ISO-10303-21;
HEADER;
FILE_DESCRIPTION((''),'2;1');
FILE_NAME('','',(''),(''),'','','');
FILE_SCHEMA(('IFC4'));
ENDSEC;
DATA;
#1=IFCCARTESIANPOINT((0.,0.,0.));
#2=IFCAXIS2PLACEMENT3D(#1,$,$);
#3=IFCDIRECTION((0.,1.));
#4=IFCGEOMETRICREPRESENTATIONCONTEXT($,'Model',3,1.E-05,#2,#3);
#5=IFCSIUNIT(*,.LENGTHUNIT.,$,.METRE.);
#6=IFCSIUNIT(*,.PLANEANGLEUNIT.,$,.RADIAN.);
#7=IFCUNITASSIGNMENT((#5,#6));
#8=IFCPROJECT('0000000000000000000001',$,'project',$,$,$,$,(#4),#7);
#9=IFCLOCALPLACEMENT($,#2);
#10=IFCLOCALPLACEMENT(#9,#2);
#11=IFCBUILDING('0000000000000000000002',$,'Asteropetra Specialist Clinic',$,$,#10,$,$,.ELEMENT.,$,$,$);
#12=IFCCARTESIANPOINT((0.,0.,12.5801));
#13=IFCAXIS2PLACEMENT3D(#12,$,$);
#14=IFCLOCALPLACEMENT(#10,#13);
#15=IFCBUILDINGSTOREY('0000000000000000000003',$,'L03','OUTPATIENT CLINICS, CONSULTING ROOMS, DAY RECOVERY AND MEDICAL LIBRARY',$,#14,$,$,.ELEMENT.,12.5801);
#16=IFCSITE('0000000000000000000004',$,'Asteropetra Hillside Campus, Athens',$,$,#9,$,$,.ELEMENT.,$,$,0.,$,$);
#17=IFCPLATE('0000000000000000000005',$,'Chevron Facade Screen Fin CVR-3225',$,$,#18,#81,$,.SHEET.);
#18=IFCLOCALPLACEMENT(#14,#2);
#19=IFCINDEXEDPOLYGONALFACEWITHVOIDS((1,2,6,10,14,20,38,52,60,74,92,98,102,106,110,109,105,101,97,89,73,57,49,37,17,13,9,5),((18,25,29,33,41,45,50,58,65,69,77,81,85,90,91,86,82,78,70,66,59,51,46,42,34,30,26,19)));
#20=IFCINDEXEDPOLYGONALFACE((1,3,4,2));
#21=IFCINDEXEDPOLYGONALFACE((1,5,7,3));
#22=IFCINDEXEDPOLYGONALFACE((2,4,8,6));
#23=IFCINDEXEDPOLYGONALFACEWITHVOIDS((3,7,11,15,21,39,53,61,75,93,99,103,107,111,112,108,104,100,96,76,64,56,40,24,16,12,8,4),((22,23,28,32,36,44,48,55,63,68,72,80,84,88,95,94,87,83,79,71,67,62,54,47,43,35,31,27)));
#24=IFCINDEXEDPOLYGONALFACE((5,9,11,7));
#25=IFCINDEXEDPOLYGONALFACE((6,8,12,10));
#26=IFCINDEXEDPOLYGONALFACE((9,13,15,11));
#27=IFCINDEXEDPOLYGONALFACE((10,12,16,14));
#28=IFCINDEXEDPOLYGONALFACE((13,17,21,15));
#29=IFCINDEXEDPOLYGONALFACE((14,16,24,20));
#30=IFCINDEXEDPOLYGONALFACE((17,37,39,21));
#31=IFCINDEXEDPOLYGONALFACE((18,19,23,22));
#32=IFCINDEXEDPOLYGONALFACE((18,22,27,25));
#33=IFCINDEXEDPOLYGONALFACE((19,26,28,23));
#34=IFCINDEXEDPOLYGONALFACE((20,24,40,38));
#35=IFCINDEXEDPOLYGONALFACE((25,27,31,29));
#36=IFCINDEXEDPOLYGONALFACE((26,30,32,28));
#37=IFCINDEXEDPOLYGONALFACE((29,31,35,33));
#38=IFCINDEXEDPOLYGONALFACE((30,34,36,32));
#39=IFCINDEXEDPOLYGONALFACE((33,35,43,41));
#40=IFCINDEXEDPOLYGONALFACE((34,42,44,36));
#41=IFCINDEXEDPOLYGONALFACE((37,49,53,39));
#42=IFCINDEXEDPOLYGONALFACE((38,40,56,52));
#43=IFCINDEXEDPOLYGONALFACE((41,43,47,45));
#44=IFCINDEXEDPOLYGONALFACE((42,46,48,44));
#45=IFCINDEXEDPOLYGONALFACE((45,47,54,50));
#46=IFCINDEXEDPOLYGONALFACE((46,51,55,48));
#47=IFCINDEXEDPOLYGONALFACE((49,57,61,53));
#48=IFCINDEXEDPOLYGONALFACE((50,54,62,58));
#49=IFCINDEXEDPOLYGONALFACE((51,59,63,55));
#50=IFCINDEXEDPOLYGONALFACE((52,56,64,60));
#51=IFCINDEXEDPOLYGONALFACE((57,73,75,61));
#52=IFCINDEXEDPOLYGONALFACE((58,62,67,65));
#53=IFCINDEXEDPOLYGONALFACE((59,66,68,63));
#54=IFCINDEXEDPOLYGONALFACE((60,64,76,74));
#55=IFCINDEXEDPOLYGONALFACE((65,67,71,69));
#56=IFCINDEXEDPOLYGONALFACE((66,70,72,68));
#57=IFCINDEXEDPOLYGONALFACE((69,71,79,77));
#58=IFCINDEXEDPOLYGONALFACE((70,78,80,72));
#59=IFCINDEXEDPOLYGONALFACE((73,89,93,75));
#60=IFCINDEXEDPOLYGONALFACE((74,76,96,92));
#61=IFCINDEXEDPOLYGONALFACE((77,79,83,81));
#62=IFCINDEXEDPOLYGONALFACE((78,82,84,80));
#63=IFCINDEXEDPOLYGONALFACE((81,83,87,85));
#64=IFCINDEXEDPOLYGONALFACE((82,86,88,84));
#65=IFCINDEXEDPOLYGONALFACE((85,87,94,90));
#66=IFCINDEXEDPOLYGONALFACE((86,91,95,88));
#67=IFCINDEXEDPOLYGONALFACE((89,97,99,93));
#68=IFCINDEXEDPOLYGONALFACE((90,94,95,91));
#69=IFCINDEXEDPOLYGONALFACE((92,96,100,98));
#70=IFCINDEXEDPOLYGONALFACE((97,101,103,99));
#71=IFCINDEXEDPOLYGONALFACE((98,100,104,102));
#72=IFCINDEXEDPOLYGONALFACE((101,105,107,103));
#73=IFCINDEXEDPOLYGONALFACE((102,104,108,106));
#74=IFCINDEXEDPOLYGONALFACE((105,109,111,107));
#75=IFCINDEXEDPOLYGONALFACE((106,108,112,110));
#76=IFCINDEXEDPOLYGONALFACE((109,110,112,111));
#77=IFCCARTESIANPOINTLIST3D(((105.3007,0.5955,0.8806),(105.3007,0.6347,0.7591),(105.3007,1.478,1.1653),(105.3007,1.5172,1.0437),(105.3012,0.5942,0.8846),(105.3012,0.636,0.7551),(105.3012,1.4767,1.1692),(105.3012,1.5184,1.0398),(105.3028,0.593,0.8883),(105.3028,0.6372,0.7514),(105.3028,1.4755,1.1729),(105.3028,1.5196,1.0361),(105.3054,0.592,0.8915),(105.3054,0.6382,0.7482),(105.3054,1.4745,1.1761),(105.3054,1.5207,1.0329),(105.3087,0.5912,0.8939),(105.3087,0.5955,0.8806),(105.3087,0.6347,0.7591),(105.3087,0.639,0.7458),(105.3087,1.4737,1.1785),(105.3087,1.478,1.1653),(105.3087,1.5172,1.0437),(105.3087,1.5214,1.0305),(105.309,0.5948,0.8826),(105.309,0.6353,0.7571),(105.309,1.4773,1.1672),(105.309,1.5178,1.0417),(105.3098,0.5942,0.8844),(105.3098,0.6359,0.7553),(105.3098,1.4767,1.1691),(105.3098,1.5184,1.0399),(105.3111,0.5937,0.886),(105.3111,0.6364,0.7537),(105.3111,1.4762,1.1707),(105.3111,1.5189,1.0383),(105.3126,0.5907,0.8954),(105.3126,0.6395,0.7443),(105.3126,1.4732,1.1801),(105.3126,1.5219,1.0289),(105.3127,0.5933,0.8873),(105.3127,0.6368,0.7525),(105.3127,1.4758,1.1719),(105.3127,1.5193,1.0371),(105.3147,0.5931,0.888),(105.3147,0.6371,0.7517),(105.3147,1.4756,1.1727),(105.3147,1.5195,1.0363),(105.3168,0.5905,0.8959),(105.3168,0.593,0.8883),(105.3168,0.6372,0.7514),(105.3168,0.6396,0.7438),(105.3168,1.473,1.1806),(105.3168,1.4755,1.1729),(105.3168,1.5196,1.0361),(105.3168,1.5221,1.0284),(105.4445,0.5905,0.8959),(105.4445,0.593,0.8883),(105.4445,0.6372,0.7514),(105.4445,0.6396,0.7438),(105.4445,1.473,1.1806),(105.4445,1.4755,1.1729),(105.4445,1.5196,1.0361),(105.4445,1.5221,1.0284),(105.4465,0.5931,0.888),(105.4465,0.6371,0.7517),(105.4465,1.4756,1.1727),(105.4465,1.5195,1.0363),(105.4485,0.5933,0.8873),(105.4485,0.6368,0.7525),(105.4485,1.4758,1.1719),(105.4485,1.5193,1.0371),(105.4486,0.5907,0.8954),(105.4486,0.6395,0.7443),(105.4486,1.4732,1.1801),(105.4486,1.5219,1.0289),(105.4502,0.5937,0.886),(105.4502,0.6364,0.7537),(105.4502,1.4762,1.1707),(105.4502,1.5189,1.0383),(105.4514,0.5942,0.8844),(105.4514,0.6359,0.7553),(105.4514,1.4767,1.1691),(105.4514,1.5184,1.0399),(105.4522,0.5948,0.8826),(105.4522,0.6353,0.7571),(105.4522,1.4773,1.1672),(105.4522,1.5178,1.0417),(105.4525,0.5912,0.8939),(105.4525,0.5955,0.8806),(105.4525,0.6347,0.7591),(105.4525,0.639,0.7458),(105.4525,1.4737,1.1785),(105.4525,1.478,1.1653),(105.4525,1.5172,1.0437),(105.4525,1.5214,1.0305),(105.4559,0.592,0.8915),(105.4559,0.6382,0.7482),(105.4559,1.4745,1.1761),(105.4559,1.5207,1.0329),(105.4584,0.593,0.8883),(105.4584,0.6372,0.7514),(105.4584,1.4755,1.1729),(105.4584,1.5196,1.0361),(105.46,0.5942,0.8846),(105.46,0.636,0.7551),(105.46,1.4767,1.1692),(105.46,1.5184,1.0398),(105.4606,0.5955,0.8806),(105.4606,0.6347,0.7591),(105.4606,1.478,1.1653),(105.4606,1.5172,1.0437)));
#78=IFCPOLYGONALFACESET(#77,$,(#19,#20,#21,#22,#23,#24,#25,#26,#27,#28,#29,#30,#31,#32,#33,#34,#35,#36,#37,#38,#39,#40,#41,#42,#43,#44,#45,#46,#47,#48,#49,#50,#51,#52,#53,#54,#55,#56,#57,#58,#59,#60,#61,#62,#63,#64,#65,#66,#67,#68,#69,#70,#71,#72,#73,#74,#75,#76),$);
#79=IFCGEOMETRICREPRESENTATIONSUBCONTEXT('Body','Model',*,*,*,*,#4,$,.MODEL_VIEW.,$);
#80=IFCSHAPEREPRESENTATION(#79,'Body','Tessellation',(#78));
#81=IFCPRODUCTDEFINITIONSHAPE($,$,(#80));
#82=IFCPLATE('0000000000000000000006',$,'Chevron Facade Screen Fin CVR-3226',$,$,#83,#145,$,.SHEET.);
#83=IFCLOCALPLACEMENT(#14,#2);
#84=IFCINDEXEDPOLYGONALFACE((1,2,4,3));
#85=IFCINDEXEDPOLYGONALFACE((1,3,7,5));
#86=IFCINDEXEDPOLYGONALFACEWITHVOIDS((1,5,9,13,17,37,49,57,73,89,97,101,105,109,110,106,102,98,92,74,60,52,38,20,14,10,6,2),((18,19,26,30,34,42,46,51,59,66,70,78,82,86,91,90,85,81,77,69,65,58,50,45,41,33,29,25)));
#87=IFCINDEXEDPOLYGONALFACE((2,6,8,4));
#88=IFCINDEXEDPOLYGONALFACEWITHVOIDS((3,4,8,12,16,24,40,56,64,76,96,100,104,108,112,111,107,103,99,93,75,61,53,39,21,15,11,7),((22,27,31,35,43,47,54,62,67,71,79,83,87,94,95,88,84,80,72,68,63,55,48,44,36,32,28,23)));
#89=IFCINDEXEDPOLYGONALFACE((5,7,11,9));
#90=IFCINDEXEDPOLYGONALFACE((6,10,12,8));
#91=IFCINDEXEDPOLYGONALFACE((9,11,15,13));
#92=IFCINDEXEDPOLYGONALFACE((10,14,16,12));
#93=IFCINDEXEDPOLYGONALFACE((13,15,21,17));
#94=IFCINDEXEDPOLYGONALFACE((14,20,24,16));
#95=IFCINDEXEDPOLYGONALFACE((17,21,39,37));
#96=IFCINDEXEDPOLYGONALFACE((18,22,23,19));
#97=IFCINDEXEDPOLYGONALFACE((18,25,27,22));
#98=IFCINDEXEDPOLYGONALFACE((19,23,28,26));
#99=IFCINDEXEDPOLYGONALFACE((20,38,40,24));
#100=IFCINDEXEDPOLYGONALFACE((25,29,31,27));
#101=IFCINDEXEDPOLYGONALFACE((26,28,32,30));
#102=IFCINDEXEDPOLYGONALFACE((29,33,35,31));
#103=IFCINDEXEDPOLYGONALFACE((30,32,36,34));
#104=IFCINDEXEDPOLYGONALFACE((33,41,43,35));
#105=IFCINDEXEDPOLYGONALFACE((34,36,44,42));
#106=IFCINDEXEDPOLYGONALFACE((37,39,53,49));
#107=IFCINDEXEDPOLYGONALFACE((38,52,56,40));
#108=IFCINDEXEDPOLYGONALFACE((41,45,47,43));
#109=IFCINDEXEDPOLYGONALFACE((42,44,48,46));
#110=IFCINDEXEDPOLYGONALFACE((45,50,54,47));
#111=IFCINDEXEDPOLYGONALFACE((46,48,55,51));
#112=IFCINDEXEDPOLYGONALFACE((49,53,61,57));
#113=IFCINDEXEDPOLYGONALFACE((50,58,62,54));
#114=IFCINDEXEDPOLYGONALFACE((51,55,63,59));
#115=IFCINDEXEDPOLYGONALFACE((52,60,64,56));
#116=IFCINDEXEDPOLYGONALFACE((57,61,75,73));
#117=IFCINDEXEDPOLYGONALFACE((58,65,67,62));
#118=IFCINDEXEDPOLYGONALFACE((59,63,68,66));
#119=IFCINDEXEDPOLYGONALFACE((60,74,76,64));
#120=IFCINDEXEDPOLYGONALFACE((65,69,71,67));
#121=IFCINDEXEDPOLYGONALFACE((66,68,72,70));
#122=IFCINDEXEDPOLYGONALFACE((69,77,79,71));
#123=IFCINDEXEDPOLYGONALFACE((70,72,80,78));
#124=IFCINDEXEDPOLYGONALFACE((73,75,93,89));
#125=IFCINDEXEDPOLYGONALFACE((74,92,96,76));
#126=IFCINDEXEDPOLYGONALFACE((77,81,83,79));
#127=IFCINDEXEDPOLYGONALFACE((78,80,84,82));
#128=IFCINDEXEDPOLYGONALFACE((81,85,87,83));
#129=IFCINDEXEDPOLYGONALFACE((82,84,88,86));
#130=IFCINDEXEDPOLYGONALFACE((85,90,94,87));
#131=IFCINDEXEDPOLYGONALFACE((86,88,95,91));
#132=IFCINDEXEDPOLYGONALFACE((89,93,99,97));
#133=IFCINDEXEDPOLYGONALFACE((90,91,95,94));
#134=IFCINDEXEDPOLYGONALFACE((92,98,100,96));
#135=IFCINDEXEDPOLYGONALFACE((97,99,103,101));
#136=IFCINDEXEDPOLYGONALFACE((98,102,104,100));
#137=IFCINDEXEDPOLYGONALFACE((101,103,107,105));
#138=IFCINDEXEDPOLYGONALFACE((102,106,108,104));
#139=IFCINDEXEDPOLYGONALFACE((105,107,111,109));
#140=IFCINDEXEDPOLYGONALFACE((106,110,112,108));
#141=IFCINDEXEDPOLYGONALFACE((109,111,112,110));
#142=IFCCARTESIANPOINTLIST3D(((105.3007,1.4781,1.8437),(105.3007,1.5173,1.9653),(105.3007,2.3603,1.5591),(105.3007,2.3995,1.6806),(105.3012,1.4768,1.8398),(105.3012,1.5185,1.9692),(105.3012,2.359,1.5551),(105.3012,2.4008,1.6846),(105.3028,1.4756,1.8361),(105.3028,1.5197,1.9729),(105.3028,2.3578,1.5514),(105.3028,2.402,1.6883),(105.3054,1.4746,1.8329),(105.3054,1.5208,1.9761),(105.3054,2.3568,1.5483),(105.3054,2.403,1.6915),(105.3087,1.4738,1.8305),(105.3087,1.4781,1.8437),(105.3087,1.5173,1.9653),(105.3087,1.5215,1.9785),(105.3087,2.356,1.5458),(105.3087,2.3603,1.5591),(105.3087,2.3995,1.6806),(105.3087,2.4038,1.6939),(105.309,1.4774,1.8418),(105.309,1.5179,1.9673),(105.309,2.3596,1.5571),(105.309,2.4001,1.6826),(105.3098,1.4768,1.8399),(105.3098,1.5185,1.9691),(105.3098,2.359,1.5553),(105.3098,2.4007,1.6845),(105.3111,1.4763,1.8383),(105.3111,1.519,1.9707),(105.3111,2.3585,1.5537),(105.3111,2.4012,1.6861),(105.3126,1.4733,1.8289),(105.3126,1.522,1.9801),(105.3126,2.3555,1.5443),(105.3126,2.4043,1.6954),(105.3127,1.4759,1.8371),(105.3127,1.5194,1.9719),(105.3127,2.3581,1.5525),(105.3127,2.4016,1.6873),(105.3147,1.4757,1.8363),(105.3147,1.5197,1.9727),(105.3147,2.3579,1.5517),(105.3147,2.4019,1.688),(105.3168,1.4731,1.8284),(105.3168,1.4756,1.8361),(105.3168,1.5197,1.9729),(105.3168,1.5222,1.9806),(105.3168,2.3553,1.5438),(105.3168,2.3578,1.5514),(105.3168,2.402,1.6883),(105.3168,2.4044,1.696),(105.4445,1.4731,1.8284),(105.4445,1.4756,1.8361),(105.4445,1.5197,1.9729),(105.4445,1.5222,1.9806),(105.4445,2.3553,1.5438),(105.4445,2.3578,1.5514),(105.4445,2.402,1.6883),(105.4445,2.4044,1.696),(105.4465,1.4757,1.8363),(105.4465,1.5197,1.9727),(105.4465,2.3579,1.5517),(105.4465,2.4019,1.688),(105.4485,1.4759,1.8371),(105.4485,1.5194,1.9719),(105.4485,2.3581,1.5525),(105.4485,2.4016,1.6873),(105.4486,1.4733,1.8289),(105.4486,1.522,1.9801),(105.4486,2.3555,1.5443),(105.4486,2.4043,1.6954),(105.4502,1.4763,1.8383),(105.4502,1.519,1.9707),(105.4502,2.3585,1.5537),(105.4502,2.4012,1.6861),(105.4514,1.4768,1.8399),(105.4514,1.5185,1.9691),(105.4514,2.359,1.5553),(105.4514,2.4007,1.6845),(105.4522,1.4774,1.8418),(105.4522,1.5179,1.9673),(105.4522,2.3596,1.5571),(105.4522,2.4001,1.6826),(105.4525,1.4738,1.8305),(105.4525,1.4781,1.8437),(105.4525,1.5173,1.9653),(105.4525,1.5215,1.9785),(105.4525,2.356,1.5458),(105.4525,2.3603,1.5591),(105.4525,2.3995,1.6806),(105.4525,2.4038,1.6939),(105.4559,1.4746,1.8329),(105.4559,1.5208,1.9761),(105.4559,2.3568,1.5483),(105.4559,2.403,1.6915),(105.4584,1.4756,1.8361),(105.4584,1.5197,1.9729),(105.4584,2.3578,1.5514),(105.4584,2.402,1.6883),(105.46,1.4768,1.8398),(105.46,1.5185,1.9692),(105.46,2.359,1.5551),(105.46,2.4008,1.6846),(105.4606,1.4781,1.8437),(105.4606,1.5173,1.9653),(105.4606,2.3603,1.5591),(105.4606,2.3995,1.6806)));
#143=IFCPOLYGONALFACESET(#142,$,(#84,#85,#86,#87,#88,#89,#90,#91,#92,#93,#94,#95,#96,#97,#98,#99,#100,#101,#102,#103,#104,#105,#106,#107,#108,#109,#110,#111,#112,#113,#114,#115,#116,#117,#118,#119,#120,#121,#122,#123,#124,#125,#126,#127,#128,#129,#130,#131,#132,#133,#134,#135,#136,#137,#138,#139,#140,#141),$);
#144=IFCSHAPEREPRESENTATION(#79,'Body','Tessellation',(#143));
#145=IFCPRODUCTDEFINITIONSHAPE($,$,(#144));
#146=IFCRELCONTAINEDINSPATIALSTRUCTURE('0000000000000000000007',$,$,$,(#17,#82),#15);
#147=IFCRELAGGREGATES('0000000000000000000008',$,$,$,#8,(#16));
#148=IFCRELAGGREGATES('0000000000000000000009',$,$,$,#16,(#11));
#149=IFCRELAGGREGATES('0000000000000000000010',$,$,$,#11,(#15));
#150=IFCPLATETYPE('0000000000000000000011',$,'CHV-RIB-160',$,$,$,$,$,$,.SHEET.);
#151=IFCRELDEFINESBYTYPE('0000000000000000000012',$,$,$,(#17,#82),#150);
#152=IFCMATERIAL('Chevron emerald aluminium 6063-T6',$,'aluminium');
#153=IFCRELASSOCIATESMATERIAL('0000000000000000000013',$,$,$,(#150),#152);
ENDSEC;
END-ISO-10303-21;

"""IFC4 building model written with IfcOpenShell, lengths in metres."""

from ifc_helpers import new_model, si_unit, direction, frame, origin, origin_2d, place, context, subcontext, project, spatial, hollow_rectangle, extrude, material, material_profile, profile_set, type_object, element, save


model = new_model("IFC4")

# Units and contexts
model_context = context("Model", 3, precision=1e-05, world=origin(), true_north=direction((0.0, 1.0)))
body_context = subcontext(model_context, "Body", "Model", "MODEL_VIEW")
ifc_project = project(units=[si_unit("LENGTHUNIT", "METRE"), si_unit("PLANEANGLEUNIT", "RADIAN")], contexts=[model_context])

# Site, building, storey
site_placement = place(None, origin())
site = spatial("IfcSite", under=ifc_project, at=site_placement, Name="Asteropetra Hillside Campus, Athens", CompositionType="ELEMENT", RefElevation=0.0)
building_placement = place(site_placement, origin())
building = spatial("IfcBuilding", under=site, at=building_placement, Name="Asteropetra Specialist Clinic", CompositionType="ELEMENT")
storey_placement = place(building_placement, frame((0.0, 0.0, 12.5801)))
storey = spatial("IfcBuildingStorey", under=building, at=storey_placement, Name="L03", Description="OUTPATIENT CLINICS, CONSULTING ROOMS, DAY RECOVERY AND MEDICAL LIBRARY", CompositionType="ELEMENT", Elevation=12.5801)

# Plates
ifc_material_1 = material(Name="Chevron emerald aluminium 6063-T6", Category="aluminium")
ifc_material_profile = material_profile(ifc_material_1, hollow_rectangle(XDim=0.1599, YDim=0.1599, WallThickness=0.0081, InnerFilletRadius=0.0081, OuterFilletRadius=0.0161, at=origin_2d()), Name="SHS 160x160x8.0")
ifc_profile_set = profile_set([ifc_material_profile], Name="Chevron emerald aluminium 6063-T6")
plate_type_1 = type_object("IfcPlateType", Name="CHV-RIB-160", PredefinedType="SHEET", material=ifc_profile_set)
plate_1_placement = place(storey_placement, frame((105.3806, 1.4976, 1.1045), z_axis=(0.0, -0.951719, -0.306972), x_axis=(1.0, 0.0, 0.0)))
element("IfcPlate", 1, at=plate_1_placement, inside=storey, type_object=plate_type_1, Name="Chevron Facade Screen Fin CVR-3225", PredefinedType="SHEET", context=body_context, shape_type="SweptSolid", body=[
    extrude(hollow_rectangle(XDim=0.1599, YDim=0.1599, WallThickness=0.0081, InnerFilletRadius=0.0081, OuterFilletRadius=0.0161, at=origin_2d()), origin(), (0.0, 0.0, 1.0), 0.9272),
])
plate_2_placement = place(storey_placement, frame((105.3806, 2.3799, 1.6199), z_axis=(0.0, -0.951694, 0.307049), x_axis=(1.0, 0.0, 0.0)))
element("IfcPlate", 2, at=plate_2_placement, inside=storey, type_object=plate_type_1, Name="Chevron Facade Screen Fin CVR-3226", PredefinedType="SHEET", context=body_context, shape_type="SweptSolid", body=[
    extrude(hollow_rectangle(XDim=0.1599, YDim=0.1599, WallThickness=0.0081, InnerFilletRadius=0.0081, OuterFilletRadius=0.0161, at=origin_2d()), origin(), (0.0, 0.0, 1.0), 0.927),
])

save(model, "model.ifc")
